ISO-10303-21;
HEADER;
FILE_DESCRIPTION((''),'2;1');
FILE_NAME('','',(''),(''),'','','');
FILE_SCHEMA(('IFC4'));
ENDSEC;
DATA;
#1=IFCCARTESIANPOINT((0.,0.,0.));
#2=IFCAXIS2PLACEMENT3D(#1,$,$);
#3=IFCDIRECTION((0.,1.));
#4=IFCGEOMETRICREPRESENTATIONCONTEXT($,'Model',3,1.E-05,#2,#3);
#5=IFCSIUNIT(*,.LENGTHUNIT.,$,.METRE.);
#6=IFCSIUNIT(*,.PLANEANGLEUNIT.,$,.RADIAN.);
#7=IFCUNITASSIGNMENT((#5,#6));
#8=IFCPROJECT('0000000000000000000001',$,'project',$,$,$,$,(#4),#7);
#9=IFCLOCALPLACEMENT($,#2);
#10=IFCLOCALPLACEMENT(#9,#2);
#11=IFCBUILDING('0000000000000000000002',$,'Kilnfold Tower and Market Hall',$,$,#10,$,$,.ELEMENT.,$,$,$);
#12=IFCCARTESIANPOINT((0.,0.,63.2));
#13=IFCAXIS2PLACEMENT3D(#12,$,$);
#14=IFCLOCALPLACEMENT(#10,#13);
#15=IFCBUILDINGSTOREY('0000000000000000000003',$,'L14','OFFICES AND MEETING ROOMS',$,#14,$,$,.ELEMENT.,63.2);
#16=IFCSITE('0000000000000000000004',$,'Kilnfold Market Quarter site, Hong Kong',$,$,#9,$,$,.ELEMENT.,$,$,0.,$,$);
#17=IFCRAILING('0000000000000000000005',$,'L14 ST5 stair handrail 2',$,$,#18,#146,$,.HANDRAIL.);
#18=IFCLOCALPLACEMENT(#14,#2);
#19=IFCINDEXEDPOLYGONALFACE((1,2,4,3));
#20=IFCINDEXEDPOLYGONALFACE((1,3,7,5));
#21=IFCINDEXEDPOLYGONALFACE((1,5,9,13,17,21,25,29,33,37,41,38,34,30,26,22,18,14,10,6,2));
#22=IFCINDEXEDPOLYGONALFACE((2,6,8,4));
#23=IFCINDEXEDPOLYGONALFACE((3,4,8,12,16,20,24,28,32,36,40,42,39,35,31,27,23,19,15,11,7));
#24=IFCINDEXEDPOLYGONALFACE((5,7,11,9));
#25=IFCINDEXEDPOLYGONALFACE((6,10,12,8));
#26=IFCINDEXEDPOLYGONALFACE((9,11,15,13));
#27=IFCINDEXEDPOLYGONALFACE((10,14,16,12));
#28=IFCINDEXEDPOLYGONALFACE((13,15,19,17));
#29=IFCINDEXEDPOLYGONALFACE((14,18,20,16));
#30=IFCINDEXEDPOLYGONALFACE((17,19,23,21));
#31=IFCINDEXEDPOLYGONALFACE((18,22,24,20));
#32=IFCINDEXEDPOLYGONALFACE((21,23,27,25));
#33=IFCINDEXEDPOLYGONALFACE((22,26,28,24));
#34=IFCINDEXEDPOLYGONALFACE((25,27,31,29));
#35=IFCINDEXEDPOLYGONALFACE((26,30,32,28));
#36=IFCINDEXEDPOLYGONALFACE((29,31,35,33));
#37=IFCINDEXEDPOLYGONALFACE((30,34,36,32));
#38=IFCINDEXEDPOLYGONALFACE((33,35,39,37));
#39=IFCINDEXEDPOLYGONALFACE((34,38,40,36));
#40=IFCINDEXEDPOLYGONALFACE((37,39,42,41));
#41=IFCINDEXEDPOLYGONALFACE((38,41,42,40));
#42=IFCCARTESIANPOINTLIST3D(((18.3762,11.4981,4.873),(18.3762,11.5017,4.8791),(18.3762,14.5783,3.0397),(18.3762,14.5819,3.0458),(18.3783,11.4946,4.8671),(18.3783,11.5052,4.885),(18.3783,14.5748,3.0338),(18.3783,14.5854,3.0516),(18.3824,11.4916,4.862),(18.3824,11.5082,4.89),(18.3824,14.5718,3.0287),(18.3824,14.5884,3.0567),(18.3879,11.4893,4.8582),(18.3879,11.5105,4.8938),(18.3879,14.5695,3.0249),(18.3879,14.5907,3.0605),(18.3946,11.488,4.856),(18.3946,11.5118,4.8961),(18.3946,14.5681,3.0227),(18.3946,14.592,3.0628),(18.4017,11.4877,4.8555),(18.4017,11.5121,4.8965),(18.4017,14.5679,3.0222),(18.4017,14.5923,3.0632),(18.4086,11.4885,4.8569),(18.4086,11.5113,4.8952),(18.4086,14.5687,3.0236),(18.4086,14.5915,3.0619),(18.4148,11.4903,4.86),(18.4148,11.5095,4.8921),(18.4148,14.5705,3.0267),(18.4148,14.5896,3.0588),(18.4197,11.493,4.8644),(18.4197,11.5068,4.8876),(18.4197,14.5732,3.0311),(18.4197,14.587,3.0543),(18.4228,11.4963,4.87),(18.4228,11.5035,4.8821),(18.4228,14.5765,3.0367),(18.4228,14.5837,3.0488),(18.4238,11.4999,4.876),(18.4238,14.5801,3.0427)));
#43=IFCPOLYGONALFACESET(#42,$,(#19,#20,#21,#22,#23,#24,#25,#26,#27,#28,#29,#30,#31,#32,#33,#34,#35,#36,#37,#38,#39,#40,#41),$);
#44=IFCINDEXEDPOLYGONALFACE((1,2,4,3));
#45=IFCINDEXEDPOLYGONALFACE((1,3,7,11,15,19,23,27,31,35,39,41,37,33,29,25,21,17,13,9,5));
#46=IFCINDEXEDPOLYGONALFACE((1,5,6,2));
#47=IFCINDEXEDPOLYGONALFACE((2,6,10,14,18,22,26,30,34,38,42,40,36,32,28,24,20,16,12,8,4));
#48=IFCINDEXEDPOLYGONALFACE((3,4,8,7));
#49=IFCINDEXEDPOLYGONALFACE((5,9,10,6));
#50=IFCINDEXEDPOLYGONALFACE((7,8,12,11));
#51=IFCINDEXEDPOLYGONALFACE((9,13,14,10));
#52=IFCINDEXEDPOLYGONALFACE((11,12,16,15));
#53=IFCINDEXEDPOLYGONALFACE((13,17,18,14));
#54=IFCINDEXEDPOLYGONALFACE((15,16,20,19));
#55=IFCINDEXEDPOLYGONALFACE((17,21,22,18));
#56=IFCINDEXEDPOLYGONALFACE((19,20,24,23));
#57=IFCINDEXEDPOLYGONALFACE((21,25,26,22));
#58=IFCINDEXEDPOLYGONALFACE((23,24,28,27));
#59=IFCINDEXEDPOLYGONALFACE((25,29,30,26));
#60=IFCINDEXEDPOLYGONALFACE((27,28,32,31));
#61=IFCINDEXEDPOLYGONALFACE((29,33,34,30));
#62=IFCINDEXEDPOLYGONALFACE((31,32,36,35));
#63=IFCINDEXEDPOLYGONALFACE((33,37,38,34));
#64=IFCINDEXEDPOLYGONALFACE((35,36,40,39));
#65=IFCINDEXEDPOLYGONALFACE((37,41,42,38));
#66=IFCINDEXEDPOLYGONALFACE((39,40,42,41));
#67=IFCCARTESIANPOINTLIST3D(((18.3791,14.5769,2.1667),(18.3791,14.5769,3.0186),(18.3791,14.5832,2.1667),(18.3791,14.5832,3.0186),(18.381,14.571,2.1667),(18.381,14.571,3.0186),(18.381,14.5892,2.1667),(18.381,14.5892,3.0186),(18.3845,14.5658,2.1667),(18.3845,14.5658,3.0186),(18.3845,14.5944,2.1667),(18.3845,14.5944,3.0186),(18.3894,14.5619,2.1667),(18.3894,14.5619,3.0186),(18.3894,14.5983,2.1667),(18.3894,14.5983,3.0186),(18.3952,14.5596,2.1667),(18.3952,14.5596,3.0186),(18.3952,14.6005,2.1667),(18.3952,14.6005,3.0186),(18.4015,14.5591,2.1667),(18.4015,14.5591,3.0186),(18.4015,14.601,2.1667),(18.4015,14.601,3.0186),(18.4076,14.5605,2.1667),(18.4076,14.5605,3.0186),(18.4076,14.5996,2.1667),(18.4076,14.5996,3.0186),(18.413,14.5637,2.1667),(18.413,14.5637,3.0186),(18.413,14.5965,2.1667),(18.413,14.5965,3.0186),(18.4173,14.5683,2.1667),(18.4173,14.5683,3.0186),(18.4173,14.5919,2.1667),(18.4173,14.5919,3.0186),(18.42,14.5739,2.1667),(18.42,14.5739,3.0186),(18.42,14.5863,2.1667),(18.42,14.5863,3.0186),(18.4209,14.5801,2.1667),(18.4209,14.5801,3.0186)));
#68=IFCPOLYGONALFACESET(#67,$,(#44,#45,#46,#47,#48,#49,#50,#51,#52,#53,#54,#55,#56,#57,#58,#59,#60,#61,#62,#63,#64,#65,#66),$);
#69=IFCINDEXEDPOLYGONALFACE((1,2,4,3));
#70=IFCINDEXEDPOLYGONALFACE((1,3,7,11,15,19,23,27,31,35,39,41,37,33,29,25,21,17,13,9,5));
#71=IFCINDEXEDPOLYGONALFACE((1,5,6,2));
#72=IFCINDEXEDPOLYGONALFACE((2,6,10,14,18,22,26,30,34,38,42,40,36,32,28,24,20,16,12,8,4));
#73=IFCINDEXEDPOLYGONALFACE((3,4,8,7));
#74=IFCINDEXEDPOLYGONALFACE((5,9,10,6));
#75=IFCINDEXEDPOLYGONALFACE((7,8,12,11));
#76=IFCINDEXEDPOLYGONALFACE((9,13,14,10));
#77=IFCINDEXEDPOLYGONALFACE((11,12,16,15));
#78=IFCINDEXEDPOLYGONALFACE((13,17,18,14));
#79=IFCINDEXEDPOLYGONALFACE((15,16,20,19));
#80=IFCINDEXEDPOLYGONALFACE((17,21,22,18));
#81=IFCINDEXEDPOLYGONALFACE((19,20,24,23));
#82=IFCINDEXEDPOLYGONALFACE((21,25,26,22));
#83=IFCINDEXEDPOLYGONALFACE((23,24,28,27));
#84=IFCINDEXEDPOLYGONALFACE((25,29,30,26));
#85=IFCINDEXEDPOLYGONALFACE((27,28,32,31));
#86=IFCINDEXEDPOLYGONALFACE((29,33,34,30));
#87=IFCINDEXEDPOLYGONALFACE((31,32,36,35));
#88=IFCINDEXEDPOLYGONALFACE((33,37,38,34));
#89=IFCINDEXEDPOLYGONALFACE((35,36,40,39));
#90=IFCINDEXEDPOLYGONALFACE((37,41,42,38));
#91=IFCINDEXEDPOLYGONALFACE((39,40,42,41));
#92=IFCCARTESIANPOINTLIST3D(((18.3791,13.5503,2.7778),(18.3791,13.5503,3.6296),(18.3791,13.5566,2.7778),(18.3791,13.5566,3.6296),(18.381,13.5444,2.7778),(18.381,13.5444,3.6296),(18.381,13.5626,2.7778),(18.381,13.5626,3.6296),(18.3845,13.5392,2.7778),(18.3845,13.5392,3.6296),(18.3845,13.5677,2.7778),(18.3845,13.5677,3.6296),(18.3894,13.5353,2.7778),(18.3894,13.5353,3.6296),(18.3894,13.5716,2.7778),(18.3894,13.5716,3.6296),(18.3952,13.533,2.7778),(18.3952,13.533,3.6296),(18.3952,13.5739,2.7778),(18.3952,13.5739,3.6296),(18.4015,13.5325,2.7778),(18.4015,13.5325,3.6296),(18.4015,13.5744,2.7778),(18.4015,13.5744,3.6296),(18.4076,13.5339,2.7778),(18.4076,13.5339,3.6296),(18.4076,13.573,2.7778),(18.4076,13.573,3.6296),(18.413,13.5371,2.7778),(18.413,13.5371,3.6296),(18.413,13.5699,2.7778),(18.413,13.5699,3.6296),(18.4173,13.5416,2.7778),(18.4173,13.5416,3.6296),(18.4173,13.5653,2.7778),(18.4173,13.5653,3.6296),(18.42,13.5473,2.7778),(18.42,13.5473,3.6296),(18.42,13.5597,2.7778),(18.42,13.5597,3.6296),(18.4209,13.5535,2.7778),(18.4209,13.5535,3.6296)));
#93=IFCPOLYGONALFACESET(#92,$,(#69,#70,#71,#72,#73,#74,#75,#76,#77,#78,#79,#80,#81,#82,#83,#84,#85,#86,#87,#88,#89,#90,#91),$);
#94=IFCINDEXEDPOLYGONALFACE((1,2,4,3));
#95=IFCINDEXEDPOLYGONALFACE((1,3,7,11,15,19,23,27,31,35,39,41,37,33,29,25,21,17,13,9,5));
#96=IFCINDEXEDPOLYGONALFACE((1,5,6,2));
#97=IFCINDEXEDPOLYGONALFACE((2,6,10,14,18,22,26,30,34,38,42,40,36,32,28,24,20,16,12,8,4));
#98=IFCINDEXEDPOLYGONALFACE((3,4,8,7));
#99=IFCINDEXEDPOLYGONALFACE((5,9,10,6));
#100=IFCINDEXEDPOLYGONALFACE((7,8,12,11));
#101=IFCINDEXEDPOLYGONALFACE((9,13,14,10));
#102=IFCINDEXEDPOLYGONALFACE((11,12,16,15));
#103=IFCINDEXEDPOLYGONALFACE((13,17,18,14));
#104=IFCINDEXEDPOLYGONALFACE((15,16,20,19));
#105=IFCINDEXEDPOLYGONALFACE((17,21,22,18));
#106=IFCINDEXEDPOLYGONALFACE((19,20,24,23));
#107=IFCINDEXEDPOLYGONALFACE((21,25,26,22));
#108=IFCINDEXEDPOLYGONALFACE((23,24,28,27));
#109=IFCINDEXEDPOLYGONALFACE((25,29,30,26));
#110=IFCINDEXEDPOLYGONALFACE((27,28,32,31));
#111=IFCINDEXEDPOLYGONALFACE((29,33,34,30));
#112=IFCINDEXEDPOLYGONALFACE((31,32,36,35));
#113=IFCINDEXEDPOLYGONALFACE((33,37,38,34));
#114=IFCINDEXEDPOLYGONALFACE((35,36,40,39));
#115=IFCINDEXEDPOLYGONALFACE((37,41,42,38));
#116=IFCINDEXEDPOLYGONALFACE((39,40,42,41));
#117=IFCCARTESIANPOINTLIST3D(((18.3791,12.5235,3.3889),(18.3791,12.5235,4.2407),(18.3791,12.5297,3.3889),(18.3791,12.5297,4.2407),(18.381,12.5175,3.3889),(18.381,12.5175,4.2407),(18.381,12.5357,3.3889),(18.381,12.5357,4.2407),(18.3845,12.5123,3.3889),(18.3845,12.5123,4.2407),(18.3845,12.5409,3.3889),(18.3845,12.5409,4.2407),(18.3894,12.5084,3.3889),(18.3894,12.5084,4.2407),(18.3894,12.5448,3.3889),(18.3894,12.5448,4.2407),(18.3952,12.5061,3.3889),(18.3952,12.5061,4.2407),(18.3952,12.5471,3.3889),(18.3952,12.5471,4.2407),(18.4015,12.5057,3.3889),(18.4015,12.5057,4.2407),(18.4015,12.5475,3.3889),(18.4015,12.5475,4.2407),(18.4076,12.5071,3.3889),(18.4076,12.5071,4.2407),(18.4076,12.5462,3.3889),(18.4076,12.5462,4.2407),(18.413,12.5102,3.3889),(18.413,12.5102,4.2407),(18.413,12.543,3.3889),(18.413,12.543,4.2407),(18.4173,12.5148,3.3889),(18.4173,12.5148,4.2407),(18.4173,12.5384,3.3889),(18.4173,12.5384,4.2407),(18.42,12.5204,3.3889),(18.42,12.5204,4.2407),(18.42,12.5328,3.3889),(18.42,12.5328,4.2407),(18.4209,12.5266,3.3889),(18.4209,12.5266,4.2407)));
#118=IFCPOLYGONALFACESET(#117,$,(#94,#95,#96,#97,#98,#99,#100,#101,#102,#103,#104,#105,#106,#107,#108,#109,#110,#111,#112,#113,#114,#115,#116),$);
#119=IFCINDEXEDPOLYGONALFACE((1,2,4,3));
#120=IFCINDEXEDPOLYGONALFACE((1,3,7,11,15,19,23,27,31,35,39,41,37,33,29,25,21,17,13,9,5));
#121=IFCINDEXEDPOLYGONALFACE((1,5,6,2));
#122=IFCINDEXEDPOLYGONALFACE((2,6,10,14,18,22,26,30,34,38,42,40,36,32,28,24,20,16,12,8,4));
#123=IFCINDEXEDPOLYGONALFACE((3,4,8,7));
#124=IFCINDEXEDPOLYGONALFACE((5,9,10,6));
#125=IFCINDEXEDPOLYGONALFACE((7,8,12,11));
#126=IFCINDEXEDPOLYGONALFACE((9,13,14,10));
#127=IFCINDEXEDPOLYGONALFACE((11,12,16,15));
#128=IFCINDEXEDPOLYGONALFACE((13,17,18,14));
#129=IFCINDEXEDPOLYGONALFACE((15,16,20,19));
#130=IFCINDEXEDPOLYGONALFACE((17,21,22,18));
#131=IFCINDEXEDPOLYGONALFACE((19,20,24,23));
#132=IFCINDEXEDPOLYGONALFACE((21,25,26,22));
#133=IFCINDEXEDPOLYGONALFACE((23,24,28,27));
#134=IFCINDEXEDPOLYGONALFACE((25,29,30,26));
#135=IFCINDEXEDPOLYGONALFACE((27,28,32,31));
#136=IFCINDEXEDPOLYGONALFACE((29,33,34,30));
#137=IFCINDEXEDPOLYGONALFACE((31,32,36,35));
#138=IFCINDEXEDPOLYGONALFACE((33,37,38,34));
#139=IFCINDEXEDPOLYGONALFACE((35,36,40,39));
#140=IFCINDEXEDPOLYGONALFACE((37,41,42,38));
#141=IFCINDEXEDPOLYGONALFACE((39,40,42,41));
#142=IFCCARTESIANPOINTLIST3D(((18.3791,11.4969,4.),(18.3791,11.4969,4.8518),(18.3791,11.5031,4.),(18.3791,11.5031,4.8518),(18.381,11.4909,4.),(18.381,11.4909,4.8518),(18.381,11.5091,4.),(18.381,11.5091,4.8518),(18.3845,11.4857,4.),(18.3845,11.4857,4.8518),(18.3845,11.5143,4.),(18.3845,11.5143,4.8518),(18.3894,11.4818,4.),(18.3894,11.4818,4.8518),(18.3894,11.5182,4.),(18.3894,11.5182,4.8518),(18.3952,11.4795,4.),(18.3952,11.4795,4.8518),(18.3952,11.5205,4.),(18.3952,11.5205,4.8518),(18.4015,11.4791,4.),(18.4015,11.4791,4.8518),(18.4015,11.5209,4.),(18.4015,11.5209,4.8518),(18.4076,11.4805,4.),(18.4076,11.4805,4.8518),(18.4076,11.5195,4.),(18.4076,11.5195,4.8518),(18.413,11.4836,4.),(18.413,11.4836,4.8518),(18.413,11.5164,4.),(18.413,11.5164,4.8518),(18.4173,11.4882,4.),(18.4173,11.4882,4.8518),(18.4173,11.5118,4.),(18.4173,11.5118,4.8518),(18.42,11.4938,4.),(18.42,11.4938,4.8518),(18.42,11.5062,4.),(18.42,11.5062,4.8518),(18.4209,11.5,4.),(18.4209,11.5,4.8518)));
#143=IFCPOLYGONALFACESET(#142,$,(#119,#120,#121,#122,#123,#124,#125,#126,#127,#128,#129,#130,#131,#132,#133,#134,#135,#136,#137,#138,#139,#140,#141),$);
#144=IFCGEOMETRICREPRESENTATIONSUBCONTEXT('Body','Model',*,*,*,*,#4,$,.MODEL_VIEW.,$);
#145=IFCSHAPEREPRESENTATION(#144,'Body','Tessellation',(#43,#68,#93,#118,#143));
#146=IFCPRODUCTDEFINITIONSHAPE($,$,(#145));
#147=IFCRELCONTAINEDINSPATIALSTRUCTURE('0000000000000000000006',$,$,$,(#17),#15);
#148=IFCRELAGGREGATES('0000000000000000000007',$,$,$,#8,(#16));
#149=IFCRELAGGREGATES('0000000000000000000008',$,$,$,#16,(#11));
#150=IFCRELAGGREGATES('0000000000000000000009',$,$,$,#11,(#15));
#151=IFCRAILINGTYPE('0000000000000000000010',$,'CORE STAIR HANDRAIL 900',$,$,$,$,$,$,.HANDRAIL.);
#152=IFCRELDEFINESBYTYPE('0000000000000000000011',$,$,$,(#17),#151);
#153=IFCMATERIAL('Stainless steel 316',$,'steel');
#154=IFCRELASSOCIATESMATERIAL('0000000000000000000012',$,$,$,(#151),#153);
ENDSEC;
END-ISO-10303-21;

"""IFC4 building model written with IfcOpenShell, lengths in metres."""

from ifc_helpers import new_model, si_unit, direction, frame, origin, origin_2d, place, context, subcontext, project, spatial, circle, extrude, material, type_object, element, save


model = new_model("IFC4")

# Units and contexts
model_context = context("Model", 3, precision=1e-05, world=origin(), true_north=direction((0.0, 1.0)))
body_context = subcontext(model_context, "Body", "Model", "MODEL_VIEW")
ifc_project = project(units=[si_unit("LENGTHUNIT", "METRE"), si_unit("PLANEANGLEUNIT", "RADIAN")], contexts=[model_context])

# Site, building, storey
site_placement = place(None, origin())
site = spatial("IfcSite", under=ifc_project, at=site_placement, Name="Kilnfold Market Quarter site, Hong Kong", CompositionType="ELEMENT", RefElevation=0.0)
building_placement = place(site_placement, origin())
building = spatial("IfcBuilding", under=site, at=building_placement, Name="Kilnfold Tower and Market Hall", CompositionType="ELEMENT")
storey_placement = place(building_placement, frame((0.0, 0.0, 63.2)))
storey = spatial("IfcBuildingStorey", under=building, at=storey_placement, Name="L14", Description="OFFICES AND MEETING ROOMS", CompositionType="ELEMENT", Elevation=63.2)

# Railing
ifc_material_1 = material(Name="Stainless steel 316", Category="steel")
railing_type_1 = type_object("IfcRailingType", Name="CORE STAIR HANDRAIL 900", PredefinedType="HANDRAIL", material=ifc_material_1)
railing_1_placement = place(storey_placement, frame((18.3999, 14.5801, 2.1667)))
element("IfcRailing", 1, at=railing_1_placement, inside=storey, type_object=railing_type_1, Name="L14 ST5 stair handrail 2", PredefinedType="HANDRAIL", context=body_context, shape_type="SweptSolid", body=[
    extrude(circle(Radius=0.0239, at=origin_2d()), frame((0.0, 0.0, 0.876), z_axis=(0.0, -0.859309, 0.511458), x_axis=(1.0, 0.0, 0.0)), (0.0, 0.0, 1.0), 3.5845),
    extrude(circle(Radius=0.021, at=origin_2d()), origin(), (0.0, 0.0, 1.0), 0.8518),
    extrude(circle(Radius=0.021, at=origin_2d()), frame((0.0, -1.0266, 0.6111)), (0.0, 0.0, 1.0), 0.8518),
    extrude(circle(Radius=0.021, at=origin_2d()), frame((0.0, -2.0535, 1.2222)), (0.0, 0.0, 1.0), 0.8518),
    extrude(circle(Radius=0.021, at=origin_2d()), frame((0.0, -3.0801, 1.8333)), (0.0, 0.0, 1.0), 0.8518),
])

save(model, "model.ifc")
